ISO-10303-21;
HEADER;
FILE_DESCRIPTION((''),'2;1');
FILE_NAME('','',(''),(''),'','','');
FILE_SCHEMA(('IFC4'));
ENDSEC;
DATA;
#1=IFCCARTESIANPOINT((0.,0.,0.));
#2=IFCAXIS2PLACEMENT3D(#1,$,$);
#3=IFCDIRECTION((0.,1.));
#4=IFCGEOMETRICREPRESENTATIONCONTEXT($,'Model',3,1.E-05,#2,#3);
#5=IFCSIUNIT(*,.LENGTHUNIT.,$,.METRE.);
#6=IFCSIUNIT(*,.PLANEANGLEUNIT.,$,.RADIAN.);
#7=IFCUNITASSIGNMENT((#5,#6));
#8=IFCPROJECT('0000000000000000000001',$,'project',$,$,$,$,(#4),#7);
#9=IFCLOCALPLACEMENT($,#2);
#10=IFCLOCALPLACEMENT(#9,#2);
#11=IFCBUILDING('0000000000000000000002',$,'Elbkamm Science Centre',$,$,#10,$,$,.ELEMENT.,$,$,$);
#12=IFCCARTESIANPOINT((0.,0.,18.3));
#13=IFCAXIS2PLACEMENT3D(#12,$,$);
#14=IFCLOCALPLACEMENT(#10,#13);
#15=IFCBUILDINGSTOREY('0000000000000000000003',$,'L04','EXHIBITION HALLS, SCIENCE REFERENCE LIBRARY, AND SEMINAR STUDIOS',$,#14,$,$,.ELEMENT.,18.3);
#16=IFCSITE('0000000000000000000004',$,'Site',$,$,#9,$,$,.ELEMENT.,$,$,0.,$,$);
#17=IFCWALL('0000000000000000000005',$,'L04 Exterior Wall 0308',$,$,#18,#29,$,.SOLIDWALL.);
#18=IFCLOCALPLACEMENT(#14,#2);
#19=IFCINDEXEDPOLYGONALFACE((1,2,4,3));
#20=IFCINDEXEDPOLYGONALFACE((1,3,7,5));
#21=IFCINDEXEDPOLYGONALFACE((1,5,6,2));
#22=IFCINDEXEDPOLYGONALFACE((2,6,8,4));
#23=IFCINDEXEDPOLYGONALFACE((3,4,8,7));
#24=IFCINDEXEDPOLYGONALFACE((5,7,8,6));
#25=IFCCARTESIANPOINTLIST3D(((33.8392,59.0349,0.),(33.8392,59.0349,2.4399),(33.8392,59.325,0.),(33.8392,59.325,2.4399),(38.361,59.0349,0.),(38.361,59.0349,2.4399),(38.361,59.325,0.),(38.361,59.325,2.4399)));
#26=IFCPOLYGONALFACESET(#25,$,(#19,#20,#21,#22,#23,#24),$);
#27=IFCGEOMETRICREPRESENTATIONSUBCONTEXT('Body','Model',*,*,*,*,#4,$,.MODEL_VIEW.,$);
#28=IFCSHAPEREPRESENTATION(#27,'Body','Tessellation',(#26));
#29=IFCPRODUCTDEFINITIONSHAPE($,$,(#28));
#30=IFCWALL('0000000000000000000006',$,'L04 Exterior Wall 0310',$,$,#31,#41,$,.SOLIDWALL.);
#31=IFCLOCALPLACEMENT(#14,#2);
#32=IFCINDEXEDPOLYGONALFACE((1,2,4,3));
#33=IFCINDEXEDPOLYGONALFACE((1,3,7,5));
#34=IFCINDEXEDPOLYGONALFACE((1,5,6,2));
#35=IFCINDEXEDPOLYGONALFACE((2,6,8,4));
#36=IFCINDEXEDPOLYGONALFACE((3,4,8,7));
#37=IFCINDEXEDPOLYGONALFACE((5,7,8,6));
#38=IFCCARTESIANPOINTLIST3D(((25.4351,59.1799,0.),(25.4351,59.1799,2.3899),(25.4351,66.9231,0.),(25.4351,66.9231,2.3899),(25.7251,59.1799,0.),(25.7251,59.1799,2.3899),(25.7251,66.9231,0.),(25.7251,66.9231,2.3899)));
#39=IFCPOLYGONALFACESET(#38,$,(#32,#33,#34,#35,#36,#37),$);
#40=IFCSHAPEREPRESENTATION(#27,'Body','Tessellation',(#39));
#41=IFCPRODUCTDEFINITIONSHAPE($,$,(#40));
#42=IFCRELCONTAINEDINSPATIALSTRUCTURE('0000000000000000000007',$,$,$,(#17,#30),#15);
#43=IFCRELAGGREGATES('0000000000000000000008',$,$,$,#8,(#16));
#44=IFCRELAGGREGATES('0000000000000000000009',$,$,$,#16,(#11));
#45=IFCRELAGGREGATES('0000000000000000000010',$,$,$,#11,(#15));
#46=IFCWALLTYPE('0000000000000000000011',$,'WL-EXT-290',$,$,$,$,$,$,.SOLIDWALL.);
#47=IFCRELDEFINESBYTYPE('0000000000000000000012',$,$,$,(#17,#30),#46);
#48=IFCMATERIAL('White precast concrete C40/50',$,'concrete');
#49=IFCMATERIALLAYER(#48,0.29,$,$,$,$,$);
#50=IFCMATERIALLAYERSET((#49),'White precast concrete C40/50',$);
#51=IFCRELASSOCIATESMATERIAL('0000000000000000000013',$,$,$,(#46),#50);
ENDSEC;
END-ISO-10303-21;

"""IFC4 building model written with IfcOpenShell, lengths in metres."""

from ifc_helpers import new_model, si_unit, direction, frame, frame_2d, origin, place, context, subcontext, project, spatial, rectangle, extrude, material, layer, layer_set, type_object, element, save


model = new_model("IFC4")

# Units and contexts
model_context = context("Model", 3, precision=1e-05, world=origin(), true_north=direction((0.0, 1.0)))
body_context = subcontext(model_context, "Body", "Model", "MODEL_VIEW")
ifc_project = project(units=[si_unit("LENGTHUNIT", "METRE"), si_unit("PLANEANGLEUNIT", "RADIAN")], contexts=[model_context])

# Site, building, storey
site_placement = place(None, origin())
site = spatial("IfcSite", under=ifc_project, at=site_placement, Name="Site", CompositionType="ELEMENT", RefElevation=0.0)
building_placement = place(site_placement, origin())
building = spatial("IfcBuilding", under=site, at=building_placement, Name="Elbkamm Science Centre", CompositionType="ELEMENT")
storey_placement = place(building_placement, frame((0.0, 0.0, 18.3)))
storey = spatial("IfcBuildingStorey", under=building, at=storey_placement, Name="L04", Description="EXHIBITION HALLS, SCIENCE REFERENCE LIBRARY, AND SEMINAR STUDIOS", CompositionType="ELEMENT", Elevation=18.3)

# Walls
ifc_material_1 = material(Name="White precast concrete C40/50", Category="concrete")
ifc_layer_1 = layer(ifc_material_1, 0.29)
ifc_layer_set_1 = layer_set([ifc_layer_1], Name="White precast concrete C40/50")
wall_type_1 = type_object("IfcWallType", Name="WL-EXT-290", PredefinedType="SOLIDWALL", material=ifc_layer_set_1)
wall_1_placement = place(storey_placement, frame((38.3608, 59.1799, 0.0), z_axis=(0.0, 0.0, 1.0), x_axis=(-1.0, 0.0, 0.0)))
element("IfcWall", 1, at=wall_1_placement, inside=storey, type_object=wall_type_1, Name="L04 Exterior Wall 0308", PredefinedType="SOLIDWALL", context=body_context, shape_type="SweptSolid", body=[
    extrude(rectangle(XDim=4.5217, YDim=0.29, at=frame_2d((2.2607, 0.0))), origin(), (0.0, 0.0, 1.0), 2.4399),
])
wall_2_placement = place(storey_placement, frame((25.5801, 59.1799, 0.0), z_axis=(0.0, 0.0, 1.0), x_axis=(0.0, 1.0, 0.0)))
element("IfcWall", 2, at=wall_2_placement, inside=storey, type_object=wall_type_1, Name="L04 Exterior Wall 0310", PredefinedType="SOLIDWALL", context=body_context, shape_type="SweptSolid", body=[
    extrude(rectangle(XDim=7.7432, YDim=0.29, at=frame_2d((3.8716, 0.0))), origin(), (0.0, 0.0, 1.0), 2.3899),
])

save(model, "model.ifc")
